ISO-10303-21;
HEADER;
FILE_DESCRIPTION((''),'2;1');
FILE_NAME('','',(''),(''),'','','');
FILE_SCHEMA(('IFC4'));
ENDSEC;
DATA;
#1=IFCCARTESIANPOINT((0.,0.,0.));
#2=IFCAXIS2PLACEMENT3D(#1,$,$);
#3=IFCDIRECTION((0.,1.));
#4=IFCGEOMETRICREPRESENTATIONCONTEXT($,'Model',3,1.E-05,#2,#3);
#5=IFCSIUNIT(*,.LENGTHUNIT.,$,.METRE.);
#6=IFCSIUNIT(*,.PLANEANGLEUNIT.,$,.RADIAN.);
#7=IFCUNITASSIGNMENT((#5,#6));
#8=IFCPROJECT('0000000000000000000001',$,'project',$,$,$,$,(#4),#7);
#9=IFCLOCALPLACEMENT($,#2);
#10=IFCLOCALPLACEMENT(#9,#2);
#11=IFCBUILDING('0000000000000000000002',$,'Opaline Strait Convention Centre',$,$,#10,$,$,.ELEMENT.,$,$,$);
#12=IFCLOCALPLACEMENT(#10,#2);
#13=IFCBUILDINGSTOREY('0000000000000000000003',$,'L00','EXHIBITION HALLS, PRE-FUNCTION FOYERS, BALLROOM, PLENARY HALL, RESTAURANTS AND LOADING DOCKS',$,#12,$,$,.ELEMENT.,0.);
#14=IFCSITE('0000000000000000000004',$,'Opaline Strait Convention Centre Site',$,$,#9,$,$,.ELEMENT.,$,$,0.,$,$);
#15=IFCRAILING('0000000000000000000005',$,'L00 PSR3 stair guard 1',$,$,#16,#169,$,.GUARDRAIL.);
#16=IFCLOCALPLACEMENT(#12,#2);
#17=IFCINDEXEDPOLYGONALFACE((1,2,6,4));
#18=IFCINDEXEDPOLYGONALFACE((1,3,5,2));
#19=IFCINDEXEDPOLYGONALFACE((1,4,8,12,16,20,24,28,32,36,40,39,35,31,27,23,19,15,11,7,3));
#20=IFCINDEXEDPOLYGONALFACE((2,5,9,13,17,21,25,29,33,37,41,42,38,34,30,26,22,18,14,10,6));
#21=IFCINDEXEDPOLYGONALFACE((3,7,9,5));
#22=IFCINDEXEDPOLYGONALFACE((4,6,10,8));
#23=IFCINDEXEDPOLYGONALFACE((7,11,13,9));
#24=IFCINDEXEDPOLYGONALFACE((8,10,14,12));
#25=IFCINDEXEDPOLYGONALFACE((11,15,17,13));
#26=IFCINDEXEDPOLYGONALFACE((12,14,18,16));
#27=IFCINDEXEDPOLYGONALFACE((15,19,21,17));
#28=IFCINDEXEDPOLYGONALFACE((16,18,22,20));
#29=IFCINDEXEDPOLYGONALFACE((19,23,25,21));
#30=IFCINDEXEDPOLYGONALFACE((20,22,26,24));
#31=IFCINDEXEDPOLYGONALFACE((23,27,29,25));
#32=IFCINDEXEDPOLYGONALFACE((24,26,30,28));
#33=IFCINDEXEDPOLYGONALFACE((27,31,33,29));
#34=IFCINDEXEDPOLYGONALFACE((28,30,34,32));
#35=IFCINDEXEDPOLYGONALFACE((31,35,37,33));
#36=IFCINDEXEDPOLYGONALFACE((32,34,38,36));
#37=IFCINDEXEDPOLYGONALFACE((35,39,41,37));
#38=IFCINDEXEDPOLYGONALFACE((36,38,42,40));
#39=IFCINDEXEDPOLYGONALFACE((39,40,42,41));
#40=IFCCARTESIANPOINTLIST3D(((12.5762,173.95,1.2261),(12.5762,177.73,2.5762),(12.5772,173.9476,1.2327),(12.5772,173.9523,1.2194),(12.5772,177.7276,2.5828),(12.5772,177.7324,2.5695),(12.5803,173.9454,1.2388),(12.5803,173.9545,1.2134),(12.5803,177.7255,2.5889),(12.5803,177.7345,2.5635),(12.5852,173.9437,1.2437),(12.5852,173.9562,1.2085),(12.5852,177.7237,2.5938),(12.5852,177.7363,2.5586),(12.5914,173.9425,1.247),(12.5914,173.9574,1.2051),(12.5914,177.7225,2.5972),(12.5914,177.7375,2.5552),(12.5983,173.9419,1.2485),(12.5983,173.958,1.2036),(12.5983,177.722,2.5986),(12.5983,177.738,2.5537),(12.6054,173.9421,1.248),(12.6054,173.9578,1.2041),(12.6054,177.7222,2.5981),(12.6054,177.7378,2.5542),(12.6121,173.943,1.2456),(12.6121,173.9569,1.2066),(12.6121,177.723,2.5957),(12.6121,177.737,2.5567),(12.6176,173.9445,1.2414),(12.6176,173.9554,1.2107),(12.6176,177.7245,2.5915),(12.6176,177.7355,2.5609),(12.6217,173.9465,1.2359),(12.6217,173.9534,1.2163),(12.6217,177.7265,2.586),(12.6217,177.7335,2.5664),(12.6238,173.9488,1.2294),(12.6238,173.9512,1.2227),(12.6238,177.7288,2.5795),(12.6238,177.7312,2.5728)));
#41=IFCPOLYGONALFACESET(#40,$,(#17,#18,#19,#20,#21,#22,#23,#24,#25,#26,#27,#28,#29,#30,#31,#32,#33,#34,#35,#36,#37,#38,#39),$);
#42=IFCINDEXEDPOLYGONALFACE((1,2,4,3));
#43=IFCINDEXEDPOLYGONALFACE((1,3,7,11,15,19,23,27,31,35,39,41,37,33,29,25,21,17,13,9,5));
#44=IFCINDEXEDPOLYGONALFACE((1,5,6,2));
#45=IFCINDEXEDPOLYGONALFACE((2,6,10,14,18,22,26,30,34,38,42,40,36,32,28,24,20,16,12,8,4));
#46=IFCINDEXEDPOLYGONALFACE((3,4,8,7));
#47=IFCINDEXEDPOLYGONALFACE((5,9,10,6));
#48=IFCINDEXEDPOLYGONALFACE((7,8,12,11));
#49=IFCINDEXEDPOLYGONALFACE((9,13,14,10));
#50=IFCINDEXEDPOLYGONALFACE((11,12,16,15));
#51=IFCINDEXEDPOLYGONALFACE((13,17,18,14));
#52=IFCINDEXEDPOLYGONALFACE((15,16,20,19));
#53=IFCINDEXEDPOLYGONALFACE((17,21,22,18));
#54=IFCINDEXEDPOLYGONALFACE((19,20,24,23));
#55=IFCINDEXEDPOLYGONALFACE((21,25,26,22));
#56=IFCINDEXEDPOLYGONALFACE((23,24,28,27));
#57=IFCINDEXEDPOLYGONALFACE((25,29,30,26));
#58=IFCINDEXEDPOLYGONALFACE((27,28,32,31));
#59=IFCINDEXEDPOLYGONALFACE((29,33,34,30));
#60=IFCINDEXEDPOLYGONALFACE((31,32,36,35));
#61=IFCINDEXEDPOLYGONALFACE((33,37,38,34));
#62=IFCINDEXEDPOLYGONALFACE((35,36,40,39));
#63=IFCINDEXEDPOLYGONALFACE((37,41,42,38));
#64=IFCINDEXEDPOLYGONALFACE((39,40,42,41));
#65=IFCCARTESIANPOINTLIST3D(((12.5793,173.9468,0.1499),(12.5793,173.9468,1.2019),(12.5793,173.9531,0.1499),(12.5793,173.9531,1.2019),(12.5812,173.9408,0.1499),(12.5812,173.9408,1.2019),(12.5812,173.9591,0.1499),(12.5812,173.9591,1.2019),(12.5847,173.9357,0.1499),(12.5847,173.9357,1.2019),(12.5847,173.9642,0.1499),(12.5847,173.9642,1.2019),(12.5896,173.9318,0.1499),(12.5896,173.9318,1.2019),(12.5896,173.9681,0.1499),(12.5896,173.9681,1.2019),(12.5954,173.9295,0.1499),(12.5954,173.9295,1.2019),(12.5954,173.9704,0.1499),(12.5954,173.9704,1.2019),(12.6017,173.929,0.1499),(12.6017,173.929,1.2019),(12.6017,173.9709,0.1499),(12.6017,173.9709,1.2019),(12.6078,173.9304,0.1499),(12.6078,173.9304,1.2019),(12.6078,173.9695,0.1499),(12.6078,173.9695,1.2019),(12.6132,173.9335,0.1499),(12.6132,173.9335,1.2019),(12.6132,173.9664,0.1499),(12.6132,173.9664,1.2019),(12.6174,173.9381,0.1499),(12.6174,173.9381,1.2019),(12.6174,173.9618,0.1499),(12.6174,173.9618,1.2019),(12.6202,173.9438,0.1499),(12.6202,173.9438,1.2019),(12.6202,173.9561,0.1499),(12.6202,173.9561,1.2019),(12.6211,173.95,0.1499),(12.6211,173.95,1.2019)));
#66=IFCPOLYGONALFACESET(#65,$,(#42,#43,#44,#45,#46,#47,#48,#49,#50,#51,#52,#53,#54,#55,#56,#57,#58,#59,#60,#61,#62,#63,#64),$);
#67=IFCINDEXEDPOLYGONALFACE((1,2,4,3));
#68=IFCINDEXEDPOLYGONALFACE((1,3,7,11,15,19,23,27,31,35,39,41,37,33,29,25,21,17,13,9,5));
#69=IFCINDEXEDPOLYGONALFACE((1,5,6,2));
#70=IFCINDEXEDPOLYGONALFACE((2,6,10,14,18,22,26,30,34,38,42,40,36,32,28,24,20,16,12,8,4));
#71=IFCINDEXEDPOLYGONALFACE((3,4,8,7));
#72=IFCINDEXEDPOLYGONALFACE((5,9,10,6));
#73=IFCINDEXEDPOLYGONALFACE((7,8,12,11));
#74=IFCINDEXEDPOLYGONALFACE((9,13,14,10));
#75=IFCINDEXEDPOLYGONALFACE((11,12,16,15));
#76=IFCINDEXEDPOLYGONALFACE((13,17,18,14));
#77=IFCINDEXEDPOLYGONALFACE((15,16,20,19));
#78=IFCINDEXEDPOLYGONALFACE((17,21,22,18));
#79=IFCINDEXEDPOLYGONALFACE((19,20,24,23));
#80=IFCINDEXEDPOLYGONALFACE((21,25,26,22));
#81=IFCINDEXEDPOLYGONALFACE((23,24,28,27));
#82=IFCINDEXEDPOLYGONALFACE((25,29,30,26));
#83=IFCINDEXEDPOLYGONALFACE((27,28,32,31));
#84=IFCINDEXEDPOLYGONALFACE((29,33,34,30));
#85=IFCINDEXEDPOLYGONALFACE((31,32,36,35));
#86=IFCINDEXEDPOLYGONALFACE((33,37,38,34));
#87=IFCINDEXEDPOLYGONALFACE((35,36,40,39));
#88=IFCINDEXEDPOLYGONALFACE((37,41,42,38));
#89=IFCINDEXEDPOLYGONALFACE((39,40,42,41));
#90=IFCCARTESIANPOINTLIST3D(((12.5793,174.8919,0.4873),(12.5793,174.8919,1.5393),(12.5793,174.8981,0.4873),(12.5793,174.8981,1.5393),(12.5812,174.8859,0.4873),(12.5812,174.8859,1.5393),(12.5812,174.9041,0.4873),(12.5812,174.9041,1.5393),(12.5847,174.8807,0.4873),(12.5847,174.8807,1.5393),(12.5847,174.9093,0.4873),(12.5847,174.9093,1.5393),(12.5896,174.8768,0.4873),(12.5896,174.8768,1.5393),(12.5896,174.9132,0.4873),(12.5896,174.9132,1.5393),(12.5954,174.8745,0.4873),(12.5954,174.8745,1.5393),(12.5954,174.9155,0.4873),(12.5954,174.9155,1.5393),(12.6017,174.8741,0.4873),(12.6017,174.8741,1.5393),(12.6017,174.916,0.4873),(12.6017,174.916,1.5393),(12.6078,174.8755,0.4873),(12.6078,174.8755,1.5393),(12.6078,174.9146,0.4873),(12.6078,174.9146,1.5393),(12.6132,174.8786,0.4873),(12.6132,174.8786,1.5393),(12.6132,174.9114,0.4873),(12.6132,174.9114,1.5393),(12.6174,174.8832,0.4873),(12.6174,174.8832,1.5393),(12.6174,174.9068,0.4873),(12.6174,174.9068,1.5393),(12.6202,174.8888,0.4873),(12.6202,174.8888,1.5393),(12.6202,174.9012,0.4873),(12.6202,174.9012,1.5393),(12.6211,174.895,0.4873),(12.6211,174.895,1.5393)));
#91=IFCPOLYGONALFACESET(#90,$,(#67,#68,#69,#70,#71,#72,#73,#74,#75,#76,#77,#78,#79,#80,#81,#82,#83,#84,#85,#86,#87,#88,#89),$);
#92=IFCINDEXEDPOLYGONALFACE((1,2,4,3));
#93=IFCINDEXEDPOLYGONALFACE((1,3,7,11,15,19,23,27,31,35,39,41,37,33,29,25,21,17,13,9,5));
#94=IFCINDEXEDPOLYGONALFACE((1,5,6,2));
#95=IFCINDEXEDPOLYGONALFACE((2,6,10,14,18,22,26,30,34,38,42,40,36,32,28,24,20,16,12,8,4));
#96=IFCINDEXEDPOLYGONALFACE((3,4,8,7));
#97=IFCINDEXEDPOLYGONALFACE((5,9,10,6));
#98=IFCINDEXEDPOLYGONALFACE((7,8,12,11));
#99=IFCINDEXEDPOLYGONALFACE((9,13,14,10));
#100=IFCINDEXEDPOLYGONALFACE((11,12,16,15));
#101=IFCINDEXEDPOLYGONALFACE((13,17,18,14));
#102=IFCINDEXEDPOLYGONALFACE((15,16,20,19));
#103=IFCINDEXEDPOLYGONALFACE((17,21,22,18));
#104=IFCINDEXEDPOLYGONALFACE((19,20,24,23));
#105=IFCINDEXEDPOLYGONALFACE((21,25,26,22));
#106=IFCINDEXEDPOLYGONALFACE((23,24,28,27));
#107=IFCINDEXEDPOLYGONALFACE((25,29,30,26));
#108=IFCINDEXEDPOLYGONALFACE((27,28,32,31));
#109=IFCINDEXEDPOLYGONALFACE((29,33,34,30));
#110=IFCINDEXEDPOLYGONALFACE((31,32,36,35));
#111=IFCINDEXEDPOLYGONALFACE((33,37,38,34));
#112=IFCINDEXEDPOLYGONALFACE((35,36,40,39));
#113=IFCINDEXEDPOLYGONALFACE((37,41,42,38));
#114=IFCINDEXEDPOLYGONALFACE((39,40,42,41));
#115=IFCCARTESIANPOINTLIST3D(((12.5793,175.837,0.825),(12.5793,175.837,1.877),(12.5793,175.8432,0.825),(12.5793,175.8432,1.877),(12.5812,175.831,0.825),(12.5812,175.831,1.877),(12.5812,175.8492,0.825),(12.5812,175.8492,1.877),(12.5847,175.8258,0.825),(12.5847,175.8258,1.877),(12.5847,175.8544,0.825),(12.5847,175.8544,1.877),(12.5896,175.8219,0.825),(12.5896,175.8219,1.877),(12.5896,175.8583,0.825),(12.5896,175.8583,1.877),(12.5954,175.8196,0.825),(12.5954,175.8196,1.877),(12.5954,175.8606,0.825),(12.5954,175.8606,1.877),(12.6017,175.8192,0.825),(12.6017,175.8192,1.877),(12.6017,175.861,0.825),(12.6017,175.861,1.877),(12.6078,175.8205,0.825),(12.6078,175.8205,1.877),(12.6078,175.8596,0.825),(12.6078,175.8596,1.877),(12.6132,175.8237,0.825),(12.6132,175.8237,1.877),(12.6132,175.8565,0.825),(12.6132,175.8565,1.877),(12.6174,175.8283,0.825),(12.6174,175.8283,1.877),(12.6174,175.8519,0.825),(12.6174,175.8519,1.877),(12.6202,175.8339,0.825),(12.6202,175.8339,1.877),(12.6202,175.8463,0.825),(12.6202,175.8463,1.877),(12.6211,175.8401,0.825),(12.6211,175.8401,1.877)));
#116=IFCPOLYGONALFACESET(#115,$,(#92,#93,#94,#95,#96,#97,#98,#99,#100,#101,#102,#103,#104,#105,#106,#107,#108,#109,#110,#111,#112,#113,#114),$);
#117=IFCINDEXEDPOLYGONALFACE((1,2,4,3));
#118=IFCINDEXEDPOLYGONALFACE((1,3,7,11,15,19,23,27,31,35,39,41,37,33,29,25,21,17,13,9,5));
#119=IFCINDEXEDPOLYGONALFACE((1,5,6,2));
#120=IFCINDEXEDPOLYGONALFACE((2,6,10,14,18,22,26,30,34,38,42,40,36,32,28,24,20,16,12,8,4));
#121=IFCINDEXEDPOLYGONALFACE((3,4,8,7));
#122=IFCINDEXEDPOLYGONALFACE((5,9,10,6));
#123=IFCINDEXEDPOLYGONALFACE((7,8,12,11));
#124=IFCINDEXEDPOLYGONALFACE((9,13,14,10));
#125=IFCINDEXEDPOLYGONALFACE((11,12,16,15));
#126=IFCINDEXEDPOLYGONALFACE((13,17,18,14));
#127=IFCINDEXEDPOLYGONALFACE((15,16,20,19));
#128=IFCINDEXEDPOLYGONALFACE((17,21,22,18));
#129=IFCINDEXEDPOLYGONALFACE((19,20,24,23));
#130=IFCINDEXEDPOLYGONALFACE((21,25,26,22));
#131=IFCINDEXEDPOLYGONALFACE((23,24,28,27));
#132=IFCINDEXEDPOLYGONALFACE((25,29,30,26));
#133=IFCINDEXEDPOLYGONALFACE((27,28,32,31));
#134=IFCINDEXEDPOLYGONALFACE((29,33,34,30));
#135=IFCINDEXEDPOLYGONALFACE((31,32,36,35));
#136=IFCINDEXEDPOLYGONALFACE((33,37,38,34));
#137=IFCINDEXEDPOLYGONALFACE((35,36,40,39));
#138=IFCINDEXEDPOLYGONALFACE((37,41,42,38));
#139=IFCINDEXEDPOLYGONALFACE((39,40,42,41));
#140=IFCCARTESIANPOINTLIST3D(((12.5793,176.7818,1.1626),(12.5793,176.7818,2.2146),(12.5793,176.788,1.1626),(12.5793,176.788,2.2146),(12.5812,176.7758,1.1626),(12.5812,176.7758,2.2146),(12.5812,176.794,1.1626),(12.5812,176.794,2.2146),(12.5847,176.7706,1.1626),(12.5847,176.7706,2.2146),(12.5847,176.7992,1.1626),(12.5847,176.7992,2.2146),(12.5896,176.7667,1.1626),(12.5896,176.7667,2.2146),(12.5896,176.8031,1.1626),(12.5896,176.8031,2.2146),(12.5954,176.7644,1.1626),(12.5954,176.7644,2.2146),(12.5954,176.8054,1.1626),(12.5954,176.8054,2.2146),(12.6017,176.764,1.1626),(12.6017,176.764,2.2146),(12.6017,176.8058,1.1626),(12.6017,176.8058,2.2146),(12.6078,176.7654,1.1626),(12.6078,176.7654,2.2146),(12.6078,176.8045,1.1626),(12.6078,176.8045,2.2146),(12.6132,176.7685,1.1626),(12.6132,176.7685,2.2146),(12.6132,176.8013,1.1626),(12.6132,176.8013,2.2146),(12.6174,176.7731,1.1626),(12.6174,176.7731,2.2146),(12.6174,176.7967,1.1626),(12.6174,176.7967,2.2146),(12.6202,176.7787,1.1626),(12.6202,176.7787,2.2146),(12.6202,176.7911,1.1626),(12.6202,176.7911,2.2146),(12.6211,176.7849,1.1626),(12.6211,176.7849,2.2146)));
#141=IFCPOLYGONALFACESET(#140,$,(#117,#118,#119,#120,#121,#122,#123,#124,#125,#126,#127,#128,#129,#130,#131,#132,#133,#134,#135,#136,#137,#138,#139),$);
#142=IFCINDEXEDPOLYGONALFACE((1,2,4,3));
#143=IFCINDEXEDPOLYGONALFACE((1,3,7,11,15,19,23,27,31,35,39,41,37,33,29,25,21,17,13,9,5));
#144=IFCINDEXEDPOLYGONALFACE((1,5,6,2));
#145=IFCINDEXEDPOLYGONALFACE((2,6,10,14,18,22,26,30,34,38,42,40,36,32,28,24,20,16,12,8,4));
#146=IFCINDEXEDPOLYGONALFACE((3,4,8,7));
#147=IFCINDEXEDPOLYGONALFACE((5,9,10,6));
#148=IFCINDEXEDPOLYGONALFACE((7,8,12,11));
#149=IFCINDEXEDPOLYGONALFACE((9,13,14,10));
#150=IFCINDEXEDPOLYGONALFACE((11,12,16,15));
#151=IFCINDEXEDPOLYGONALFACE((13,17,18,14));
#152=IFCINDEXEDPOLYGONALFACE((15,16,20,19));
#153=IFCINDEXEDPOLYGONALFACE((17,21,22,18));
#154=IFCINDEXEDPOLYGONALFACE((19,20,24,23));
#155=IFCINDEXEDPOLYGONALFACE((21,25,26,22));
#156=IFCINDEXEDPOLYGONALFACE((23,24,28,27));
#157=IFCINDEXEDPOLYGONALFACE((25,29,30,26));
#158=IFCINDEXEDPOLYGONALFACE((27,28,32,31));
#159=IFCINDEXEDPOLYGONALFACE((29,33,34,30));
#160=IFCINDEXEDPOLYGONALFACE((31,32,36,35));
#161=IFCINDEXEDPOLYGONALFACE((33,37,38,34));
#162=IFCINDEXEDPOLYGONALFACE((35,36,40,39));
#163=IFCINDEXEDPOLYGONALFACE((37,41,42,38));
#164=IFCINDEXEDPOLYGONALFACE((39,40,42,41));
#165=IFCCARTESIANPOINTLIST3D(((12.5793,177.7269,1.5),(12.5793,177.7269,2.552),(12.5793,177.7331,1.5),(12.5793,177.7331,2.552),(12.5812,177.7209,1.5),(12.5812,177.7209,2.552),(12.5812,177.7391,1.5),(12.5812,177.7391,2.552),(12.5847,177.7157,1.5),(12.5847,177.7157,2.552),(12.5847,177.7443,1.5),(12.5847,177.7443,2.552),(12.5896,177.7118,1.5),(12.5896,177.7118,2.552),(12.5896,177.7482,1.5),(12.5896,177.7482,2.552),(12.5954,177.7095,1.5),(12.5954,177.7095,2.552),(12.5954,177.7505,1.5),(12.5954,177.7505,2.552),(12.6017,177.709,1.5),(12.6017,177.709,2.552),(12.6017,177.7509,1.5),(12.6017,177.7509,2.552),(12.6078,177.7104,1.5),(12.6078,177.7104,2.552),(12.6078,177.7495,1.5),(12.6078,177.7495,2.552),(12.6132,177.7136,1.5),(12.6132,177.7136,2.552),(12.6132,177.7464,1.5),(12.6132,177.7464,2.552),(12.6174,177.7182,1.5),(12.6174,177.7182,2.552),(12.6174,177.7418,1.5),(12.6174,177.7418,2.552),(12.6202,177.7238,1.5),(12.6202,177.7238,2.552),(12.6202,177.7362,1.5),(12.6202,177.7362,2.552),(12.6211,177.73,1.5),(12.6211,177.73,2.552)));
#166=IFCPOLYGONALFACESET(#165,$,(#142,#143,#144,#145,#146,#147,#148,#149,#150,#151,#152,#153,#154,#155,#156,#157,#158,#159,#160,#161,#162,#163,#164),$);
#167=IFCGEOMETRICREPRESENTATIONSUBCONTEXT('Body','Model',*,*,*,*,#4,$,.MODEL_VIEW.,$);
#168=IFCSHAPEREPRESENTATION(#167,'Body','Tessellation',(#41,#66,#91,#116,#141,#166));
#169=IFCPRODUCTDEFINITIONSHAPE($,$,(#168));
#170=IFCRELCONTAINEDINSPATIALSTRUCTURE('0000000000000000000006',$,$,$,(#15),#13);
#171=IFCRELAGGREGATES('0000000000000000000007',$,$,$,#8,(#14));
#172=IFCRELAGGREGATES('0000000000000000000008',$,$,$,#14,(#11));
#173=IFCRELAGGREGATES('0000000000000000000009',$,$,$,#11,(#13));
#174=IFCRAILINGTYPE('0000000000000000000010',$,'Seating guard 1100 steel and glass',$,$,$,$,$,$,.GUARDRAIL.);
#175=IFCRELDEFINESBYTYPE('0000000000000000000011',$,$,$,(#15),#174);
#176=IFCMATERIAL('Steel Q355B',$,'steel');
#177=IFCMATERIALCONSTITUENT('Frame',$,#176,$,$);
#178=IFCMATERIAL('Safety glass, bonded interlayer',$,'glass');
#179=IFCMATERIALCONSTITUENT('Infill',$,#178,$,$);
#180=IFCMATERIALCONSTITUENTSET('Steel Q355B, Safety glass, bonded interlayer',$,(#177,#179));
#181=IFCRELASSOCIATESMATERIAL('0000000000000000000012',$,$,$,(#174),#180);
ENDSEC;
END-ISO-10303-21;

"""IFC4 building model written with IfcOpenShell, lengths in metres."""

from ifc_helpers import new_model, si_unit, direction, frame, origin, origin_2d, place, context, subcontext, project, spatial, circle, extrude, material, constituent, constituent_set, type_object, element, save


model = new_model("IFC4")

# Units and contexts
model_context = context("Model", 3, precision=1e-05, world=origin(), true_north=direction((0.0, 1.0)))
body_context = subcontext(model_context, "Body", "Model", "MODEL_VIEW")
ifc_project = project(units=[si_unit("LENGTHUNIT", "METRE"), si_unit("PLANEANGLEUNIT", "RADIAN")], contexts=[model_context])

# Site, building, storey
site_placement = place(None, origin())
site = spatial("IfcSite", under=ifc_project, at=site_placement, Name="Opaline Strait Convention Centre Site", CompositionType="ELEMENT", RefElevation=0.0)
building_placement = place(site_placement, origin())
building = spatial("IfcBuilding", under=site, at=building_placement, Name="Opaline Strait Convention Centre", CompositionType="ELEMENT")
storey_placement = place(building_placement, origin())
storey = spatial("IfcBuildingStorey", under=building, at=storey_placement, Name="L00", Description="EXHIBITION HALLS, PRE-FUNCTION FOYERS, BALLROOM, PLENARY HALL, RESTAURANTS AND LOADING DOCKS", CompositionType="ELEMENT", Elevation=0.0)

# Railing
ifc_material_1 = material(Name="Steel Q355B", Category="steel")
ifc_constituent_1 = constituent(ifc_material_1, Name="Frame")
ifc_material_2 = material(Name="Safety glass, bonded interlayer", Category="glass")
ifc_constituent_2 = constituent(ifc_material_2, Name="Infill")
ifc_constituent_set = constituent_set(constituents=[ifc_constituent_1, ifc_constituent_2], Name="Steel Q355B, Safety glass, bonded interlayer")
railing_type_1 = type_object("IfcRailingType", Name="Seating guard 1100 steel and glass", PredefinedType="GUARDRAIL", material=ifc_constituent_set)
railing_1_placement = place(storey_placement, frame((12.6001, 173.95, 0.1499)))
element("IfcRailing", 1, at=railing_1_placement, inside=storey, type_object=railing_type_1, Name="L00 PSR3 stair guard 1", PredefinedType="GUARDRAIL", context=body_context, shape_type="SweptSolid", body=[
    extrude(circle(Radius=0.0239, at=origin_2d()), frame((0.0, 0.0, 1.0762), z_axis=(0.0, 0.941735, 0.336356), x_axis=(-1.0, 0.0, 0.0)), (0.0, 0.0, 1.0), 4.0139),
    extrude(circle(Radius=0.021, at=origin_2d()), origin(), (0.0, 0.0, 1.0), 1.052),
    extrude(circle(Radius=0.021, at=origin_2d()), frame((0.0, 0.9451, 0.3374)), (0.0, 0.0, 1.0), 1.052),
    extrude(circle(Radius=0.021, at=origin_2d()), frame((0.0, 1.8901, 0.675)), (0.0, 0.0, 1.0), 1.052),
    extrude(circle(Radius=0.021, at=origin_2d()), frame((0.0, 2.835, 1.0127)), (0.0, 0.0, 1.0), 1.052),
    extrude(circle(Radius=0.021, at=origin_2d()), frame((0.0, 3.78, 1.3501)), (0.0, 0.0, 1.0), 1.052),
])

save(model, "model.ifc")
